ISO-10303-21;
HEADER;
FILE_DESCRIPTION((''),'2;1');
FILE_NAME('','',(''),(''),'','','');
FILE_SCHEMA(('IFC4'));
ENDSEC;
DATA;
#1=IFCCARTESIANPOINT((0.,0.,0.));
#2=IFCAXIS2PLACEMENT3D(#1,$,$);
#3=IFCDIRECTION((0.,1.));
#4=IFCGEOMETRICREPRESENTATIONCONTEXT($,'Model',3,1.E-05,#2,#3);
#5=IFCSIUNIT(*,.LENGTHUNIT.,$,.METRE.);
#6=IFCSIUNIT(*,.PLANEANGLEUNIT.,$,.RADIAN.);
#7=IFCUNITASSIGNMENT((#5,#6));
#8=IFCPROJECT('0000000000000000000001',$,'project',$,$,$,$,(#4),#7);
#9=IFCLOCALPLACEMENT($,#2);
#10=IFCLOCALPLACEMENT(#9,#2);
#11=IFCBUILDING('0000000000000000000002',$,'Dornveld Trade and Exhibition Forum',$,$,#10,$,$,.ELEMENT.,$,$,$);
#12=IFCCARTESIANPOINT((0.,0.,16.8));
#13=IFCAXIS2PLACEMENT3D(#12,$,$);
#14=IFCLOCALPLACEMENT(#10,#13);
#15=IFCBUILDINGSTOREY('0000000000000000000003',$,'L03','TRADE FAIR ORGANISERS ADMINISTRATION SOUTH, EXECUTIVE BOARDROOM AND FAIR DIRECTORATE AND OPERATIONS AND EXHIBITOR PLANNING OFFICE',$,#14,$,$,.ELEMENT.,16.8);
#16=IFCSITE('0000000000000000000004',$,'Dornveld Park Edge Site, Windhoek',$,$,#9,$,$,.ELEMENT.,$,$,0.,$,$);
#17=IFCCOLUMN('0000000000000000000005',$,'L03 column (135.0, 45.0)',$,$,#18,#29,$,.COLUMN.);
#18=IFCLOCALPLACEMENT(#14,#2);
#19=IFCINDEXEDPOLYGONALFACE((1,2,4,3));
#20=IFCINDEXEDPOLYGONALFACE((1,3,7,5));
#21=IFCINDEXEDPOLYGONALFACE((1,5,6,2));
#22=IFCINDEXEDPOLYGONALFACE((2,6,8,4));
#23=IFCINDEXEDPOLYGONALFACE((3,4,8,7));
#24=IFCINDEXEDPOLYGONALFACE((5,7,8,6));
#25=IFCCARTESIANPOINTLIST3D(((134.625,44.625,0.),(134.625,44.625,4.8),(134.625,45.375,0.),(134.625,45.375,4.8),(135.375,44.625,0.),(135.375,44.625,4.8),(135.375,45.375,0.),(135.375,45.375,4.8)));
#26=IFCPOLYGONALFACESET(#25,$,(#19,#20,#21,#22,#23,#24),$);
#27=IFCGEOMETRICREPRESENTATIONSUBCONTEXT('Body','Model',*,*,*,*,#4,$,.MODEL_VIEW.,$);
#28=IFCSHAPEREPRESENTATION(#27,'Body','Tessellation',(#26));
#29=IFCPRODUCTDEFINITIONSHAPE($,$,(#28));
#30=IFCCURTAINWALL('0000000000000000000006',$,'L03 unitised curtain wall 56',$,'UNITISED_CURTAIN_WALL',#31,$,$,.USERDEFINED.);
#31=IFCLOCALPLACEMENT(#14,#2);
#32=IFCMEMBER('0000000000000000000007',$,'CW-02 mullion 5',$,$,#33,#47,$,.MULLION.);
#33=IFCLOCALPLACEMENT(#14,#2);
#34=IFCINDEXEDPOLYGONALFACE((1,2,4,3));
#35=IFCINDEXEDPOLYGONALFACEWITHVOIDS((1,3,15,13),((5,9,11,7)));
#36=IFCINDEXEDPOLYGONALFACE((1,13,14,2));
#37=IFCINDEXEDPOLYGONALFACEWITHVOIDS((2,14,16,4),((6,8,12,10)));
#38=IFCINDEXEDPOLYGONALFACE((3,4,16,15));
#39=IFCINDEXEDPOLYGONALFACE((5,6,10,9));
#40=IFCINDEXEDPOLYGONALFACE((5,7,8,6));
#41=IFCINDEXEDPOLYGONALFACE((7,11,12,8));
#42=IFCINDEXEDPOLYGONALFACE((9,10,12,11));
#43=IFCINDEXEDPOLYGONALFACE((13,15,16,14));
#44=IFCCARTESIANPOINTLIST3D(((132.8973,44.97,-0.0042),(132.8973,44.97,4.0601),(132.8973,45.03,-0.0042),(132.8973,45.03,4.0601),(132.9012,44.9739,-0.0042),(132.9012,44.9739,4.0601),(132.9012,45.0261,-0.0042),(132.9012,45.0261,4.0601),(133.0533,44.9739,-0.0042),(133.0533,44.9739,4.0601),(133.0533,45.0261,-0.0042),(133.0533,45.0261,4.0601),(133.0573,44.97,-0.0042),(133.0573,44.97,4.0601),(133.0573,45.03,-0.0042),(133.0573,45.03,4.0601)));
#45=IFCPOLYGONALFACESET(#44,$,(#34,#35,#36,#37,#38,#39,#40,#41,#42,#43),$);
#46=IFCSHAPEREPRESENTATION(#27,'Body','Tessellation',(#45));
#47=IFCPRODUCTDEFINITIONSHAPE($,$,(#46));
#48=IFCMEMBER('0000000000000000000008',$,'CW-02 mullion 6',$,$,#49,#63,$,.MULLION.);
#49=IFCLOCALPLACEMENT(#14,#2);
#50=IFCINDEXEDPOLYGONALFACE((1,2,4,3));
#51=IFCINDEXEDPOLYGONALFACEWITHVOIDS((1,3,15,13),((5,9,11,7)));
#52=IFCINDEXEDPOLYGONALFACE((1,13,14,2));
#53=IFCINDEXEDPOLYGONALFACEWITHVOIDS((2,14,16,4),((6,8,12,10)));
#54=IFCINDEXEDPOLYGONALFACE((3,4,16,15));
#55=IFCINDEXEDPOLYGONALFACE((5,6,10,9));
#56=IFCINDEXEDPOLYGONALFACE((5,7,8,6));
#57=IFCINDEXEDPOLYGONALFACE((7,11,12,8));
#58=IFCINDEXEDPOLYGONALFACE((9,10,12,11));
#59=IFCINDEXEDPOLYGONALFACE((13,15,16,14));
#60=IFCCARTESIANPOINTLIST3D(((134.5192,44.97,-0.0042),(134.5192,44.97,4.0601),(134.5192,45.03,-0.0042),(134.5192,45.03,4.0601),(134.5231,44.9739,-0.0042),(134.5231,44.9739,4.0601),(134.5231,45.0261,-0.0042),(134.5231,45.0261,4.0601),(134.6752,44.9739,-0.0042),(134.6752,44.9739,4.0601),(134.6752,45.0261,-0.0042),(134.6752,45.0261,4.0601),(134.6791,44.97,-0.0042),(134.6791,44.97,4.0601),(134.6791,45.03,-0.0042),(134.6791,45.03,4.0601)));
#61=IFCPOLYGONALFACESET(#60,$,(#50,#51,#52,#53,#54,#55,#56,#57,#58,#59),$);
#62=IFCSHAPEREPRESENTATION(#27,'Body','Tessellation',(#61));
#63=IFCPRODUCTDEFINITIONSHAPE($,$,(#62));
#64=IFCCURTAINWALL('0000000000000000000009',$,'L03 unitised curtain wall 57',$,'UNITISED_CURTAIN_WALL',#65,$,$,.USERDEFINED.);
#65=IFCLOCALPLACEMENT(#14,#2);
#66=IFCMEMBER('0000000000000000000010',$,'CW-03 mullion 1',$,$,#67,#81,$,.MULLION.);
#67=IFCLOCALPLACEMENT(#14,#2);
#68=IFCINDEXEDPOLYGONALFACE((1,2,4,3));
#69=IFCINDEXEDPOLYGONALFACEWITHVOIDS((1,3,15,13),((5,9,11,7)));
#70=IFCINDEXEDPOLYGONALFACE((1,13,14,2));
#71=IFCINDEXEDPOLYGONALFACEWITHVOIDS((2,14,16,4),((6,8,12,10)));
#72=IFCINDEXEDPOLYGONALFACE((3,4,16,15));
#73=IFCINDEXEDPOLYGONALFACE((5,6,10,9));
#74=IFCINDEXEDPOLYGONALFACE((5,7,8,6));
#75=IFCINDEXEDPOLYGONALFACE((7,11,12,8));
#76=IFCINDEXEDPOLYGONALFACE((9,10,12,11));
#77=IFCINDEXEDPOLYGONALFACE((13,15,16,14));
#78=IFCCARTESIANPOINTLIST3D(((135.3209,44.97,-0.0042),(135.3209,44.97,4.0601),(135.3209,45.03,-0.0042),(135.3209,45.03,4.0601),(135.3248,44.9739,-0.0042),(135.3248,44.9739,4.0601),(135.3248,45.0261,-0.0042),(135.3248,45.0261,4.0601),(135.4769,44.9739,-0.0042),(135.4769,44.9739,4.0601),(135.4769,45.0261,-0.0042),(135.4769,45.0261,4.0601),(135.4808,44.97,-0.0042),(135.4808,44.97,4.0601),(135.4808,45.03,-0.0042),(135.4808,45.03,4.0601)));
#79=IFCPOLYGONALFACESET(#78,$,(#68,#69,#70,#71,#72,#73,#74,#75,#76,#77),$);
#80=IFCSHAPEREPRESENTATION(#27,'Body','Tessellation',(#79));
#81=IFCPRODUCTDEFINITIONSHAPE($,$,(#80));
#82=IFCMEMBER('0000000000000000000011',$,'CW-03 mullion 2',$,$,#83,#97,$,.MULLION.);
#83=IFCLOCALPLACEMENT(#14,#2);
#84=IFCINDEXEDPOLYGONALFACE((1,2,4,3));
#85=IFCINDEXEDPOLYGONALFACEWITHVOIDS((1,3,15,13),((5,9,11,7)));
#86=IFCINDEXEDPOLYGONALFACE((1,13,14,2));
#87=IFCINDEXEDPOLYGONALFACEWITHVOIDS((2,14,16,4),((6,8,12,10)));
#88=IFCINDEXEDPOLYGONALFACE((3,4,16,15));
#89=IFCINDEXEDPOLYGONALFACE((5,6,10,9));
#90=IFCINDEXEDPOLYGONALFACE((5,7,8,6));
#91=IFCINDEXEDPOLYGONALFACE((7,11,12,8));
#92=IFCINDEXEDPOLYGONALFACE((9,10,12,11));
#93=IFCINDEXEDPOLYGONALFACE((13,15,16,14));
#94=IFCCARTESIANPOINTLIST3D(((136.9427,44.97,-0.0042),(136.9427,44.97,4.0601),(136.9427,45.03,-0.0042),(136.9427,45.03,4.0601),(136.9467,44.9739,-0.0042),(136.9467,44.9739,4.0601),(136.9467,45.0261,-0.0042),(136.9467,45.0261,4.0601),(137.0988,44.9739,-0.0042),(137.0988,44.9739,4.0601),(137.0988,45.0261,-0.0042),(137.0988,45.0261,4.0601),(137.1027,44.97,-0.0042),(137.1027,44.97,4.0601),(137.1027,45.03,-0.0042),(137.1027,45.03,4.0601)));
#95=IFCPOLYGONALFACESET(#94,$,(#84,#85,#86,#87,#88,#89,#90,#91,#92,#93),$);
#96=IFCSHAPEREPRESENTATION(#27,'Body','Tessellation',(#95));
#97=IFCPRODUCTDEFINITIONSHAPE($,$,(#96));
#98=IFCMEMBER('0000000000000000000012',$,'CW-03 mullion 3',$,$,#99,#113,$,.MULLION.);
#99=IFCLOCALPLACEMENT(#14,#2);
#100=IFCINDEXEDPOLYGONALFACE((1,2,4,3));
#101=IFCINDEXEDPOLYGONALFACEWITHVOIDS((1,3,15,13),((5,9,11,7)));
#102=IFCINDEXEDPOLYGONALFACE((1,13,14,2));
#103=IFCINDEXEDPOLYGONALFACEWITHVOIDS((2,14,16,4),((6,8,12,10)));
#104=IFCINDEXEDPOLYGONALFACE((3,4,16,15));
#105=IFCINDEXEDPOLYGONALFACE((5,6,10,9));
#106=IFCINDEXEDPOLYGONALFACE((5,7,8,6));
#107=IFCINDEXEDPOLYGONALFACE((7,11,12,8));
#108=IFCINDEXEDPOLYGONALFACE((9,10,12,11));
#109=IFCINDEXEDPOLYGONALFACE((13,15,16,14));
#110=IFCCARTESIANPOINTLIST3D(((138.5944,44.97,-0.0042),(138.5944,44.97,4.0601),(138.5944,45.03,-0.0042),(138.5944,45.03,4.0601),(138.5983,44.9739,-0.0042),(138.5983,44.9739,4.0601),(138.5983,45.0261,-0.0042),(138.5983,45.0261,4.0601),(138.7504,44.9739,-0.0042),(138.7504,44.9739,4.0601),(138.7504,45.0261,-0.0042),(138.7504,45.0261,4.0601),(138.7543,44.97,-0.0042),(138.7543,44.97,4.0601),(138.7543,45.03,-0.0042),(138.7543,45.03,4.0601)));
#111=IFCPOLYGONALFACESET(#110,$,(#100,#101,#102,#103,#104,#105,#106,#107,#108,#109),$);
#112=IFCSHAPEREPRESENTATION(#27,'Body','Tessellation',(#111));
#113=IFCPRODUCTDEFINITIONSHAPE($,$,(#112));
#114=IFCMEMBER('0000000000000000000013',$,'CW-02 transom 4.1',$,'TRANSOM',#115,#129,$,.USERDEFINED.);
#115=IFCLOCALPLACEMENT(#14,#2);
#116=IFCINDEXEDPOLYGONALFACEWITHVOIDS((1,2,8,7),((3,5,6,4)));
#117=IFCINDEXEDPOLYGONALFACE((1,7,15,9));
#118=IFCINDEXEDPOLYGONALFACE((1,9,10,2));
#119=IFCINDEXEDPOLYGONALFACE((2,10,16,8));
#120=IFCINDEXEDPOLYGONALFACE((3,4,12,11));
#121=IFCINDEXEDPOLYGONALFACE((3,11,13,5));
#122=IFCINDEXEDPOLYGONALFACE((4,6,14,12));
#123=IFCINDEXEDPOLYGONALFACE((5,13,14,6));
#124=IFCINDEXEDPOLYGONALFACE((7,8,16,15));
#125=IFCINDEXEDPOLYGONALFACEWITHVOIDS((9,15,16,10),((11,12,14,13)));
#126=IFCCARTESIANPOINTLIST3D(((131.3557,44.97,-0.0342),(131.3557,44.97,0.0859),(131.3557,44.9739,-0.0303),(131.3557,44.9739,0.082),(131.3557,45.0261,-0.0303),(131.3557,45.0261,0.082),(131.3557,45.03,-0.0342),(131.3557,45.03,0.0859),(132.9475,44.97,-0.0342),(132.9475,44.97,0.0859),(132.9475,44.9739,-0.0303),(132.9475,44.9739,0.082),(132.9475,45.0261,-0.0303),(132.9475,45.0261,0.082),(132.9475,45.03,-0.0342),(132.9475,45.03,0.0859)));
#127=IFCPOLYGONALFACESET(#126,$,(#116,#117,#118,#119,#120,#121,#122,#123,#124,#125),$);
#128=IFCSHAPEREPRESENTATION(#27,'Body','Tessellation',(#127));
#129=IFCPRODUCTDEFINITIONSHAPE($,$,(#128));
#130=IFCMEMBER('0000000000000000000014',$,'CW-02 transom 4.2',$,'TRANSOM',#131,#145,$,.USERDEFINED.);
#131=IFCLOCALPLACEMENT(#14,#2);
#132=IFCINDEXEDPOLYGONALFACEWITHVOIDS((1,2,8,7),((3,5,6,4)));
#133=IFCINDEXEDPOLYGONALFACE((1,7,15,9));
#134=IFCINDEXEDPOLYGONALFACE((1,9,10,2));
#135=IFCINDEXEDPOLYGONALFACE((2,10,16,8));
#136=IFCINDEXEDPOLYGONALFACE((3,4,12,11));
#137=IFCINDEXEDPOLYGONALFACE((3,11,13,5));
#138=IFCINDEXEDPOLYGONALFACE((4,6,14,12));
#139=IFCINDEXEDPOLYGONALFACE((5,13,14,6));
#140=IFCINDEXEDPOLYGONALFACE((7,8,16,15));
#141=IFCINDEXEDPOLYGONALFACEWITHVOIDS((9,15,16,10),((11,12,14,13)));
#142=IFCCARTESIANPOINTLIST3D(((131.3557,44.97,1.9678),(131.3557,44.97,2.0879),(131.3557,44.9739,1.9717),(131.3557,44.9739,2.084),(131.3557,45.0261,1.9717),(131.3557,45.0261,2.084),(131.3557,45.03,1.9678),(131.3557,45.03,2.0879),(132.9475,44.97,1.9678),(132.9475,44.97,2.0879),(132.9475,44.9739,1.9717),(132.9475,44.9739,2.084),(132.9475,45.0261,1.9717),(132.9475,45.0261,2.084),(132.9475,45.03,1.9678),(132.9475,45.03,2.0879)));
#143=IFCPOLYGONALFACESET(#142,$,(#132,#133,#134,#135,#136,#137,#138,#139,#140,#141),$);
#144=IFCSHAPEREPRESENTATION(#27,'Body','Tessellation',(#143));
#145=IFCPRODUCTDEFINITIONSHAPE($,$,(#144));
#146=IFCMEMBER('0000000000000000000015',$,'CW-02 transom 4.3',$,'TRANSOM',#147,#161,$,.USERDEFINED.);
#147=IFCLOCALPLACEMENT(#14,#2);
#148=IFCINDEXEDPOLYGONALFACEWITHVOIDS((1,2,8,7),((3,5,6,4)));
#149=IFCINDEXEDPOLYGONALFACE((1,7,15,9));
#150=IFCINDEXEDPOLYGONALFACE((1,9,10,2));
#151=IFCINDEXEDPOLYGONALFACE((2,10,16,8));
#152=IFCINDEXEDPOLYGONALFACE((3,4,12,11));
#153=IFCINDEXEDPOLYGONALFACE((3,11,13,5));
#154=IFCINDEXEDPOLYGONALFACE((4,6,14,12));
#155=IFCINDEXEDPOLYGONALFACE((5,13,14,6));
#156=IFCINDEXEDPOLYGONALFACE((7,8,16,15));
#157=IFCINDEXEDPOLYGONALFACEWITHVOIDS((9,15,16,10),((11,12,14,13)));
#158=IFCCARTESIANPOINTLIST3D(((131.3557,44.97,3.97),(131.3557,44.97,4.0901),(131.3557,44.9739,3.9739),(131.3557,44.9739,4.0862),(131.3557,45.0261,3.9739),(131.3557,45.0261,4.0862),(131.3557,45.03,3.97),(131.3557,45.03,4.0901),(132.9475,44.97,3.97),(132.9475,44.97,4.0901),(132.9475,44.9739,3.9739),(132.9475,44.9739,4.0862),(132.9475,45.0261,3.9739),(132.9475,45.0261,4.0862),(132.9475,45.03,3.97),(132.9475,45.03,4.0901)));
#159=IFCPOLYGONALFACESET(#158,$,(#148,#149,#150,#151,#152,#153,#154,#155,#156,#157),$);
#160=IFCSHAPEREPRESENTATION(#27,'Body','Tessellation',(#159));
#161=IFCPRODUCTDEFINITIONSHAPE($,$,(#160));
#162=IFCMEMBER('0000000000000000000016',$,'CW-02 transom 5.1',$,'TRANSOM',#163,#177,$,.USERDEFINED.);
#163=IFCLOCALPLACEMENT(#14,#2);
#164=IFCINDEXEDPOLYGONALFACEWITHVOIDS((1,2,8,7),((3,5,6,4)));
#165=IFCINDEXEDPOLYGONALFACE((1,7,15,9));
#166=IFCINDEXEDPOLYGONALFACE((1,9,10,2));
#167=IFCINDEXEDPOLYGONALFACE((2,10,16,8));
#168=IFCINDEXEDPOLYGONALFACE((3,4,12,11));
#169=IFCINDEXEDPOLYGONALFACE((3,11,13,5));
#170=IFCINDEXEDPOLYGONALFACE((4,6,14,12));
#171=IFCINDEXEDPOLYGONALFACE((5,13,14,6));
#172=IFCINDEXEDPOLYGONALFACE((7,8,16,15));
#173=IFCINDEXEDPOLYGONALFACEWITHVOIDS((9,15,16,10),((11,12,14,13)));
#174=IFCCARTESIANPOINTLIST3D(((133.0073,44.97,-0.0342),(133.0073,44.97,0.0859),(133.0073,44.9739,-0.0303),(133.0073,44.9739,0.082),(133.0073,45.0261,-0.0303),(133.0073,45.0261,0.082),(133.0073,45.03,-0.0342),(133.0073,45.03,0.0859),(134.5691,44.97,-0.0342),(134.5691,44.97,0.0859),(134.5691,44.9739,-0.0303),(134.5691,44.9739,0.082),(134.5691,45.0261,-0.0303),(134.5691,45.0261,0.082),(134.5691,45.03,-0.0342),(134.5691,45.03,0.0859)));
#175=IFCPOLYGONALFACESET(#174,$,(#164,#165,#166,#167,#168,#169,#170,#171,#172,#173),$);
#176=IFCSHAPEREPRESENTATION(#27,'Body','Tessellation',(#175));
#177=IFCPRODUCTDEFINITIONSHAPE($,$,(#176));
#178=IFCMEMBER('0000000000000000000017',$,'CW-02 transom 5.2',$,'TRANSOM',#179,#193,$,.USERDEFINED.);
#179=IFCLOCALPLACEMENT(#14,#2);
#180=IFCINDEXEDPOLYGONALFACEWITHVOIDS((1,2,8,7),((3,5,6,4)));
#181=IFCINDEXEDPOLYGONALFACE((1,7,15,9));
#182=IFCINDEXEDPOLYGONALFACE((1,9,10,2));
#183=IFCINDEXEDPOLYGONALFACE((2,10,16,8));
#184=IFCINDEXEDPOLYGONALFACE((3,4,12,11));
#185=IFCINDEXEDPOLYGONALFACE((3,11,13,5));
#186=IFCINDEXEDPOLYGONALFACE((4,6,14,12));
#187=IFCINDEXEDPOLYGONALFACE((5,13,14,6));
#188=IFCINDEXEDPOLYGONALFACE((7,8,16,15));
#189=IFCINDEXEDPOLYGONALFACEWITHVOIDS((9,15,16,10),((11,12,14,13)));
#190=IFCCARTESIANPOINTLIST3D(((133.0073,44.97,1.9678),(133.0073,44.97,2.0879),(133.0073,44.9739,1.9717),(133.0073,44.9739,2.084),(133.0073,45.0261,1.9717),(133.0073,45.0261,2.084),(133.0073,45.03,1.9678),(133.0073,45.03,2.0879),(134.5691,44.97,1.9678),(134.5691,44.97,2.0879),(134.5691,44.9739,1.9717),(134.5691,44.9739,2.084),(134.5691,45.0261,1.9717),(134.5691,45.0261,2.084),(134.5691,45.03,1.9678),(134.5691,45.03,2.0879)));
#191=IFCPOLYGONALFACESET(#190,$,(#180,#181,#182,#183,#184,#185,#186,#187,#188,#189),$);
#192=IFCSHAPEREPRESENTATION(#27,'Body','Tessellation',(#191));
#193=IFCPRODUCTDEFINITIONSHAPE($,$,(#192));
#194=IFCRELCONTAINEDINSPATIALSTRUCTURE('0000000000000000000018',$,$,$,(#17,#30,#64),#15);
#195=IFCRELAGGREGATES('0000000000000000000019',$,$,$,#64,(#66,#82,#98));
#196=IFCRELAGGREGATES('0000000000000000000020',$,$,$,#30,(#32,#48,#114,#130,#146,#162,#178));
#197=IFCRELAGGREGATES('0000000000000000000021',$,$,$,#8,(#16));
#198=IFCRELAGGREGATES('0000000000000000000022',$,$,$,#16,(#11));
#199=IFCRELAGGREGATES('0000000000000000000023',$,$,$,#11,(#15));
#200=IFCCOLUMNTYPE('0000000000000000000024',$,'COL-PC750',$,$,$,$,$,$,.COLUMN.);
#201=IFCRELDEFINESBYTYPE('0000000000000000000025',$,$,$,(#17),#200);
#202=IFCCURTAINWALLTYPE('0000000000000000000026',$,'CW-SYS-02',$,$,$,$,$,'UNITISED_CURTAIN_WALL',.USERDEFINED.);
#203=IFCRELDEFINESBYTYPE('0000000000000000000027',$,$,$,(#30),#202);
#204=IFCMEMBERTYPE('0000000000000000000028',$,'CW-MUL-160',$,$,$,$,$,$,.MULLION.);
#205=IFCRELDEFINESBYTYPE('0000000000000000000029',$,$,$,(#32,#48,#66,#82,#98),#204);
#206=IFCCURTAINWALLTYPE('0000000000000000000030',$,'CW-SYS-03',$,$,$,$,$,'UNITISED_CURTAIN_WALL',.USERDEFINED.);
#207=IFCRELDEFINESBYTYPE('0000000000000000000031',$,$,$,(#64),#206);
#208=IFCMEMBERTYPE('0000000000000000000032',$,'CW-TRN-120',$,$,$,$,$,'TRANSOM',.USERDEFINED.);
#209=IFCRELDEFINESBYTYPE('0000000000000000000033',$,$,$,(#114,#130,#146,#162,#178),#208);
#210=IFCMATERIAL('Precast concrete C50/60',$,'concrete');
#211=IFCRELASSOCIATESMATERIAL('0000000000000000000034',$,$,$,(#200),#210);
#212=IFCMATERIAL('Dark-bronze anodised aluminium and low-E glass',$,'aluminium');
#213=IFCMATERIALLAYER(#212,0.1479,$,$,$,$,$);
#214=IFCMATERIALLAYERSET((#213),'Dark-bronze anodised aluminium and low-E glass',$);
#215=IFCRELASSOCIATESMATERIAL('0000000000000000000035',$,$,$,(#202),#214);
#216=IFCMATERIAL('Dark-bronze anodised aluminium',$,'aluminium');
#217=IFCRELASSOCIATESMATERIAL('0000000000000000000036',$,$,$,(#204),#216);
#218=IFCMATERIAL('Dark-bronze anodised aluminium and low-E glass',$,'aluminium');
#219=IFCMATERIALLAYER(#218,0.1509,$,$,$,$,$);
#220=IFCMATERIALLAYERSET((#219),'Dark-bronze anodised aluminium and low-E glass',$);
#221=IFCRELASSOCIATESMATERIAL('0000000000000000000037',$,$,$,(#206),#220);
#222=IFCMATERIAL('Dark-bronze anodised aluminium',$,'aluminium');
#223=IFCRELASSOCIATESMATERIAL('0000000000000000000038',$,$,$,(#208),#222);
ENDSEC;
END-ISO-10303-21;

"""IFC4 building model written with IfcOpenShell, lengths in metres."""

from ifc_helpers import new_model, si_unit, direction, frame, origin, origin_2d, place, context, subcontext, project, spatial, rectangle, hollow_rectangle, extrude, material, layer, layer_set, material_profile, profile_set, type_object, element, aggregate, save


model = new_model("IFC4")

# Units and contexts
model_context = context("Model", 3, precision=1e-05, world=origin(), true_north=direction((0.0, 1.0)))
body_context = subcontext(model_context, "Body", "Model", "MODEL_VIEW")
ifc_project = project(units=[si_unit("LENGTHUNIT", "METRE"), si_unit("PLANEANGLEUNIT", "RADIAN")], contexts=[model_context])

# Site, building, storey
site_placement = place(None, origin())
site = spatial("IfcSite", under=ifc_project, at=site_placement, Name="Dornveld Park Edge Site, Windhoek", CompositionType="ELEMENT", RefElevation=0.0)
building_placement = place(site_placement, origin())
building = spatial("IfcBuilding", under=site, at=building_placement, Name="Dornveld Trade and Exhibition Forum", CompositionType="ELEMENT")
storey_placement = place(building_placement, frame((0.0, 0.0, 16.8)))
storey = spatial("IfcBuildingStorey", under=building, at=storey_placement, Name="L03", Description="TRADE FAIR ORGANISERS ADMINISTRATION SOUTH, EXECUTIVE BOARDROOM AND FAIR DIRECTORATE AND OPERATIONS AND EXHIBITOR PLANNING OFFICE", CompositionType="ELEMENT", Elevation=16.8)

# Column
ifc_material_1 = material(Name="Precast concrete C50/60", Category="concrete")
ifc_material_profile_1 = material_profile(ifc_material_1, rectangle(XDim=0.75, YDim=0.75, at=origin_2d()), Name="PC-COL 750x750")
ifc_profile_set_1 = profile_set([ifc_material_profile_1], Name="Precast concrete C50/60")
column_type = type_object("IfcColumnType", Name="COL-PC750", PredefinedType="COLUMN", material=ifc_profile_set_1)
column_placement = place(storey_placement, frame((135.0, 45.0, 0.0), z_axis=(0.0, 0.0, 1.0), x_axis=(1.0, 0.0, 0.0)))
element("IfcColumn", 1, at=column_placement, inside=storey, type_object=column_type, Name="L03 column (135.0, 45.0)", PredefinedType="COLUMN", context=body_context, shape_type="SweptSolid", body=[
    extrude(rectangle(XDim=0.75, YDim=0.75, at=origin_2d()), origin(), (0.0, 0.0, 1.0), 4.8),
])

# Curtain walls, members
ifc_material_2 = material(Name="Dark-bronze anodised aluminium and low-E glass", Category="aluminium")
ifc_layer_1 = layer(ifc_material_2, 0.1479)
ifc_layer_set_1 = layer_set([ifc_layer_1], Name="Dark-bronze anodised aluminium and low-E glass")
curtain_wall_type_1 = type_object("IfcCurtainWallType", Name="CW-SYS-02", ElementType="UNITISED_CURTAIN_WALL", PredefinedType="USERDEFINED", material=ifc_layer_set_1)
curtain_wall_1_placement = place(storey_placement, origin())
curtain_wall_1 = element("IfcCurtainWall", 2, at=curtain_wall_1_placement, inside=storey, type_object=curtain_wall_type_1, Name="L03 unitised curtain wall 56", ObjectType="UNITISED_CURTAIN_WALL", PredefinedType="USERDEFINED")
ifc_material_3 = material(Name="Dark-bronze anodised aluminium", Category="aluminium")
ifc_material_profile_2 = material_profile(ifc_material_3, hollow_rectangle(XDim=0.0601, YDim=0.1599, WallThickness=0.0039, at=origin_2d()), Name="RHS 160x60x4")
ifc_profile_set_2 = profile_set([ifc_material_profile_2], Name="Dark-bronze anodised aluminium")
member_type_1 = type_object("IfcMemberType", Name="CW-MUL-160", PredefinedType="MULLION", material=ifc_profile_set_2)
member_1_placement = place(storey_placement, frame((132.9773, 45.0, -0.0042), z_axis=(0.0, 0.0, 1.0), x_axis=(0.0, 1.0, 0.0)))
member_1 = element("IfcMember", 3, at=member_1_placement, type_object=member_type_1, Name="CW-02 mullion 5", PredefinedType="MULLION", context=body_context, shape_type="SweptSolid", body=[
    extrude(hollow_rectangle(XDim=0.0601, YDim=0.1599, WallThickness=0.0039, at=origin_2d()), origin(), (0.0, 0.0, 1.0), 4.0642),
])
member_2_placement = place(storey_placement, frame((134.5991, 45.0, -0.0042), z_axis=(0.0, 0.0, 1.0), x_axis=(0.0, 1.0, 0.0)))
member_2 = element("IfcMember", 4, at=member_2_placement, type_object=member_type_1, Name="CW-02 mullion 6", PredefinedType="MULLION", context=body_context, shape_type="SweptSolid", body=[
    extrude(hollow_rectangle(XDim=0.0601, YDim=0.1599, WallThickness=0.0039, at=origin_2d()), origin(), (0.0, 0.0, 1.0), 4.0642),
])
ifc_material_4 = material(Name="Dark-bronze anodised aluminium and low-E glass", Category="aluminium")
ifc_layer_2 = layer(ifc_material_4, 0.1509)
ifc_layer_set_2 = layer_set([ifc_layer_2], Name="Dark-bronze anodised aluminium and low-E glass")
curtain_wall_type_2 = type_object("IfcCurtainWallType", Name="CW-SYS-03", ElementType="UNITISED_CURTAIN_WALL", PredefinedType="USERDEFINED", material=ifc_layer_set_2)
curtain_wall_2_placement = place(storey_placement, origin())
curtain_wall_2 = element("IfcCurtainWall", 5, at=curtain_wall_2_placement, inside=storey, type_object=curtain_wall_type_2, Name="L03 unitised curtain wall 57", ObjectType="UNITISED_CURTAIN_WALL", PredefinedType="USERDEFINED")
member_3_placement = place(storey_placement, frame((135.4009, 45.0, -0.0042), z_axis=(0.0, 0.0, 1.0), x_axis=(0.0, 1.0, 0.0)))
member_3 = element("IfcMember", 6, at=member_3_placement, type_object=member_type_1, Name="CW-03 mullion 1", PredefinedType="MULLION", context=body_context, shape_type="SweptSolid", body=[
    extrude(hollow_rectangle(XDim=0.0601, YDim=0.1599, WallThickness=0.0039, at=origin_2d()), origin(), (0.0, 0.0, 1.0), 4.0642),
])
member_4_placement = place(storey_placement, frame((137.0227, 45.0, -0.0042), z_axis=(0.0, 0.0, 1.0), x_axis=(0.0, 1.0, 0.0)))
member_4 = element("IfcMember", 7, at=member_4_placement, type_object=member_type_1, Name="CW-03 mullion 2", PredefinedType="MULLION", context=body_context, shape_type="SweptSolid", body=[
    extrude(hollow_rectangle(XDim=0.0601, YDim=0.1599, WallThickness=0.0039, at=origin_2d()), origin(), (0.0, 0.0, 1.0), 4.0642),
])
member_5_placement = place(storey_placement, frame((138.6743, 45.0, -0.0042), z_axis=(0.0, 0.0, 1.0), x_axis=(0.0, 1.0, 0.0)))
member_5 = element("IfcMember", 8, at=member_5_placement, type_object=member_type_1, Name="CW-03 mullion 3", PredefinedType="MULLION", context=body_context, shape_type="SweptSolid", body=[
    extrude(hollow_rectangle(XDim=0.0601, YDim=0.1599, WallThickness=0.0039, at=origin_2d()), origin(), (0.0, 0.0, 1.0), 4.0642),
])

# Members
ifc_material_5 = material(Name="Dark-bronze anodised aluminium", Category="aluminium")
ifc_material_profile_3 = material_profile(ifc_material_5, hollow_rectangle(XDim=0.0601, YDim=0.1201, WallThickness=0.0039, at=origin_2d()), Name="RHS 120x60x4")
ifc_profile_set_3 = profile_set([ifc_material_profile_3], Name="Dark-bronze anodised aluminium")
member_type_2 = type_object("IfcMemberType", Name="CW-TRN-120", ElementType="TRANSOM", PredefinedType="USERDEFINED", material=ifc_profile_set_3)
member_6_placement = place(storey_placement, frame((131.3557, 45.0, 0.0259), z_axis=(1.0, 0.0, 0.0), x_axis=(0.0, 1.0, 0.0)))
member_6 = element("IfcMember", 9, at=member_6_placement, type_object=member_type_2, Name="CW-02 transom 4.1", ObjectType="TRANSOM", PredefinedType="USERDEFINED", context=body_context, shape_type="SweptSolid", body=[
    extrude(hollow_rectangle(XDim=0.0601, YDim=0.1201, WallThickness=0.0039, at=origin_2d()), origin(), (0.0, 0.0, 1.0), 1.5918),
])
member_7_placement = place(storey_placement, frame((131.3557, 45.0, 2.0278), z_axis=(1.0, 0.0, 0.0), x_axis=(0.0, 1.0, 0.0)))
member_7 = element("IfcMember", 10, at=member_7_placement, type_object=member_type_2, Name="CW-02 transom 4.2", ObjectType="TRANSOM", PredefinedType="USERDEFINED", context=body_context, shape_type="SweptSolid", body=[
    extrude(hollow_rectangle(XDim=0.0601, YDim=0.1201, WallThickness=0.0039, at=origin_2d()), origin(), (0.0, 0.0, 1.0), 1.5918),
])
member_8_placement = place(storey_placement, frame((131.3557, 45.0, 4.03), z_axis=(1.0, 0.0, 0.0), x_axis=(0.0, 1.0, 0.0)))
member_8 = element("IfcMember", 11, at=member_8_placement, type_object=member_type_2, Name="CW-02 transom 4.3", ObjectType="TRANSOM", PredefinedType="USERDEFINED", context=body_context, shape_type="SweptSolid", body=[
    extrude(hollow_rectangle(XDim=0.0601, YDim=0.1201, WallThickness=0.0039, at=origin_2d()), origin(), (0.0, 0.0, 1.0), 1.5918),
])
member_9_placement = place(storey_placement, frame((133.0073, 45.0, 0.0259), z_axis=(1.0, 0.0, 0.0), x_axis=(0.0, 1.0, 0.0)))
member_9 = element("IfcMember", 12, at=member_9_placement, type_object=member_type_2, Name="CW-02 transom 5.1", ObjectType="TRANSOM", PredefinedType="USERDEFINED", context=body_context, shape_type="SweptSolid", body=[
    extrude(hollow_rectangle(XDim=0.0601, YDim=0.1201, WallThickness=0.0039, at=origin_2d()), origin(), (0.0, 0.0, 1.0), 1.5618),
])
member_10_placement = place(storey_placement, frame((133.0073, 45.0, 2.0278), z_axis=(1.0, 0.0, 0.0), x_axis=(0.0, 1.0, 0.0)))
member_10 = element("IfcMember", 13, at=member_10_placement, type_object=member_type_2, Name="CW-02 transom 5.2", ObjectType="TRANSOM", PredefinedType="USERDEFINED", context=body_context, shape_type="SweptSolid", body=[
    extrude(hollow_rectangle(XDim=0.0601, YDim=0.1201, WallThickness=0.0039, at=origin_2d()), origin(), (0.0, 0.0, 1.0), 1.5618),
])

aggregate(curtain_wall_2, [member_3, member_4, member_5])
aggregate(curtain_wall_1, [member_1, member_2, member_6, member_7, member_8, member_9, member_10])

save(model, "model.ifc")
